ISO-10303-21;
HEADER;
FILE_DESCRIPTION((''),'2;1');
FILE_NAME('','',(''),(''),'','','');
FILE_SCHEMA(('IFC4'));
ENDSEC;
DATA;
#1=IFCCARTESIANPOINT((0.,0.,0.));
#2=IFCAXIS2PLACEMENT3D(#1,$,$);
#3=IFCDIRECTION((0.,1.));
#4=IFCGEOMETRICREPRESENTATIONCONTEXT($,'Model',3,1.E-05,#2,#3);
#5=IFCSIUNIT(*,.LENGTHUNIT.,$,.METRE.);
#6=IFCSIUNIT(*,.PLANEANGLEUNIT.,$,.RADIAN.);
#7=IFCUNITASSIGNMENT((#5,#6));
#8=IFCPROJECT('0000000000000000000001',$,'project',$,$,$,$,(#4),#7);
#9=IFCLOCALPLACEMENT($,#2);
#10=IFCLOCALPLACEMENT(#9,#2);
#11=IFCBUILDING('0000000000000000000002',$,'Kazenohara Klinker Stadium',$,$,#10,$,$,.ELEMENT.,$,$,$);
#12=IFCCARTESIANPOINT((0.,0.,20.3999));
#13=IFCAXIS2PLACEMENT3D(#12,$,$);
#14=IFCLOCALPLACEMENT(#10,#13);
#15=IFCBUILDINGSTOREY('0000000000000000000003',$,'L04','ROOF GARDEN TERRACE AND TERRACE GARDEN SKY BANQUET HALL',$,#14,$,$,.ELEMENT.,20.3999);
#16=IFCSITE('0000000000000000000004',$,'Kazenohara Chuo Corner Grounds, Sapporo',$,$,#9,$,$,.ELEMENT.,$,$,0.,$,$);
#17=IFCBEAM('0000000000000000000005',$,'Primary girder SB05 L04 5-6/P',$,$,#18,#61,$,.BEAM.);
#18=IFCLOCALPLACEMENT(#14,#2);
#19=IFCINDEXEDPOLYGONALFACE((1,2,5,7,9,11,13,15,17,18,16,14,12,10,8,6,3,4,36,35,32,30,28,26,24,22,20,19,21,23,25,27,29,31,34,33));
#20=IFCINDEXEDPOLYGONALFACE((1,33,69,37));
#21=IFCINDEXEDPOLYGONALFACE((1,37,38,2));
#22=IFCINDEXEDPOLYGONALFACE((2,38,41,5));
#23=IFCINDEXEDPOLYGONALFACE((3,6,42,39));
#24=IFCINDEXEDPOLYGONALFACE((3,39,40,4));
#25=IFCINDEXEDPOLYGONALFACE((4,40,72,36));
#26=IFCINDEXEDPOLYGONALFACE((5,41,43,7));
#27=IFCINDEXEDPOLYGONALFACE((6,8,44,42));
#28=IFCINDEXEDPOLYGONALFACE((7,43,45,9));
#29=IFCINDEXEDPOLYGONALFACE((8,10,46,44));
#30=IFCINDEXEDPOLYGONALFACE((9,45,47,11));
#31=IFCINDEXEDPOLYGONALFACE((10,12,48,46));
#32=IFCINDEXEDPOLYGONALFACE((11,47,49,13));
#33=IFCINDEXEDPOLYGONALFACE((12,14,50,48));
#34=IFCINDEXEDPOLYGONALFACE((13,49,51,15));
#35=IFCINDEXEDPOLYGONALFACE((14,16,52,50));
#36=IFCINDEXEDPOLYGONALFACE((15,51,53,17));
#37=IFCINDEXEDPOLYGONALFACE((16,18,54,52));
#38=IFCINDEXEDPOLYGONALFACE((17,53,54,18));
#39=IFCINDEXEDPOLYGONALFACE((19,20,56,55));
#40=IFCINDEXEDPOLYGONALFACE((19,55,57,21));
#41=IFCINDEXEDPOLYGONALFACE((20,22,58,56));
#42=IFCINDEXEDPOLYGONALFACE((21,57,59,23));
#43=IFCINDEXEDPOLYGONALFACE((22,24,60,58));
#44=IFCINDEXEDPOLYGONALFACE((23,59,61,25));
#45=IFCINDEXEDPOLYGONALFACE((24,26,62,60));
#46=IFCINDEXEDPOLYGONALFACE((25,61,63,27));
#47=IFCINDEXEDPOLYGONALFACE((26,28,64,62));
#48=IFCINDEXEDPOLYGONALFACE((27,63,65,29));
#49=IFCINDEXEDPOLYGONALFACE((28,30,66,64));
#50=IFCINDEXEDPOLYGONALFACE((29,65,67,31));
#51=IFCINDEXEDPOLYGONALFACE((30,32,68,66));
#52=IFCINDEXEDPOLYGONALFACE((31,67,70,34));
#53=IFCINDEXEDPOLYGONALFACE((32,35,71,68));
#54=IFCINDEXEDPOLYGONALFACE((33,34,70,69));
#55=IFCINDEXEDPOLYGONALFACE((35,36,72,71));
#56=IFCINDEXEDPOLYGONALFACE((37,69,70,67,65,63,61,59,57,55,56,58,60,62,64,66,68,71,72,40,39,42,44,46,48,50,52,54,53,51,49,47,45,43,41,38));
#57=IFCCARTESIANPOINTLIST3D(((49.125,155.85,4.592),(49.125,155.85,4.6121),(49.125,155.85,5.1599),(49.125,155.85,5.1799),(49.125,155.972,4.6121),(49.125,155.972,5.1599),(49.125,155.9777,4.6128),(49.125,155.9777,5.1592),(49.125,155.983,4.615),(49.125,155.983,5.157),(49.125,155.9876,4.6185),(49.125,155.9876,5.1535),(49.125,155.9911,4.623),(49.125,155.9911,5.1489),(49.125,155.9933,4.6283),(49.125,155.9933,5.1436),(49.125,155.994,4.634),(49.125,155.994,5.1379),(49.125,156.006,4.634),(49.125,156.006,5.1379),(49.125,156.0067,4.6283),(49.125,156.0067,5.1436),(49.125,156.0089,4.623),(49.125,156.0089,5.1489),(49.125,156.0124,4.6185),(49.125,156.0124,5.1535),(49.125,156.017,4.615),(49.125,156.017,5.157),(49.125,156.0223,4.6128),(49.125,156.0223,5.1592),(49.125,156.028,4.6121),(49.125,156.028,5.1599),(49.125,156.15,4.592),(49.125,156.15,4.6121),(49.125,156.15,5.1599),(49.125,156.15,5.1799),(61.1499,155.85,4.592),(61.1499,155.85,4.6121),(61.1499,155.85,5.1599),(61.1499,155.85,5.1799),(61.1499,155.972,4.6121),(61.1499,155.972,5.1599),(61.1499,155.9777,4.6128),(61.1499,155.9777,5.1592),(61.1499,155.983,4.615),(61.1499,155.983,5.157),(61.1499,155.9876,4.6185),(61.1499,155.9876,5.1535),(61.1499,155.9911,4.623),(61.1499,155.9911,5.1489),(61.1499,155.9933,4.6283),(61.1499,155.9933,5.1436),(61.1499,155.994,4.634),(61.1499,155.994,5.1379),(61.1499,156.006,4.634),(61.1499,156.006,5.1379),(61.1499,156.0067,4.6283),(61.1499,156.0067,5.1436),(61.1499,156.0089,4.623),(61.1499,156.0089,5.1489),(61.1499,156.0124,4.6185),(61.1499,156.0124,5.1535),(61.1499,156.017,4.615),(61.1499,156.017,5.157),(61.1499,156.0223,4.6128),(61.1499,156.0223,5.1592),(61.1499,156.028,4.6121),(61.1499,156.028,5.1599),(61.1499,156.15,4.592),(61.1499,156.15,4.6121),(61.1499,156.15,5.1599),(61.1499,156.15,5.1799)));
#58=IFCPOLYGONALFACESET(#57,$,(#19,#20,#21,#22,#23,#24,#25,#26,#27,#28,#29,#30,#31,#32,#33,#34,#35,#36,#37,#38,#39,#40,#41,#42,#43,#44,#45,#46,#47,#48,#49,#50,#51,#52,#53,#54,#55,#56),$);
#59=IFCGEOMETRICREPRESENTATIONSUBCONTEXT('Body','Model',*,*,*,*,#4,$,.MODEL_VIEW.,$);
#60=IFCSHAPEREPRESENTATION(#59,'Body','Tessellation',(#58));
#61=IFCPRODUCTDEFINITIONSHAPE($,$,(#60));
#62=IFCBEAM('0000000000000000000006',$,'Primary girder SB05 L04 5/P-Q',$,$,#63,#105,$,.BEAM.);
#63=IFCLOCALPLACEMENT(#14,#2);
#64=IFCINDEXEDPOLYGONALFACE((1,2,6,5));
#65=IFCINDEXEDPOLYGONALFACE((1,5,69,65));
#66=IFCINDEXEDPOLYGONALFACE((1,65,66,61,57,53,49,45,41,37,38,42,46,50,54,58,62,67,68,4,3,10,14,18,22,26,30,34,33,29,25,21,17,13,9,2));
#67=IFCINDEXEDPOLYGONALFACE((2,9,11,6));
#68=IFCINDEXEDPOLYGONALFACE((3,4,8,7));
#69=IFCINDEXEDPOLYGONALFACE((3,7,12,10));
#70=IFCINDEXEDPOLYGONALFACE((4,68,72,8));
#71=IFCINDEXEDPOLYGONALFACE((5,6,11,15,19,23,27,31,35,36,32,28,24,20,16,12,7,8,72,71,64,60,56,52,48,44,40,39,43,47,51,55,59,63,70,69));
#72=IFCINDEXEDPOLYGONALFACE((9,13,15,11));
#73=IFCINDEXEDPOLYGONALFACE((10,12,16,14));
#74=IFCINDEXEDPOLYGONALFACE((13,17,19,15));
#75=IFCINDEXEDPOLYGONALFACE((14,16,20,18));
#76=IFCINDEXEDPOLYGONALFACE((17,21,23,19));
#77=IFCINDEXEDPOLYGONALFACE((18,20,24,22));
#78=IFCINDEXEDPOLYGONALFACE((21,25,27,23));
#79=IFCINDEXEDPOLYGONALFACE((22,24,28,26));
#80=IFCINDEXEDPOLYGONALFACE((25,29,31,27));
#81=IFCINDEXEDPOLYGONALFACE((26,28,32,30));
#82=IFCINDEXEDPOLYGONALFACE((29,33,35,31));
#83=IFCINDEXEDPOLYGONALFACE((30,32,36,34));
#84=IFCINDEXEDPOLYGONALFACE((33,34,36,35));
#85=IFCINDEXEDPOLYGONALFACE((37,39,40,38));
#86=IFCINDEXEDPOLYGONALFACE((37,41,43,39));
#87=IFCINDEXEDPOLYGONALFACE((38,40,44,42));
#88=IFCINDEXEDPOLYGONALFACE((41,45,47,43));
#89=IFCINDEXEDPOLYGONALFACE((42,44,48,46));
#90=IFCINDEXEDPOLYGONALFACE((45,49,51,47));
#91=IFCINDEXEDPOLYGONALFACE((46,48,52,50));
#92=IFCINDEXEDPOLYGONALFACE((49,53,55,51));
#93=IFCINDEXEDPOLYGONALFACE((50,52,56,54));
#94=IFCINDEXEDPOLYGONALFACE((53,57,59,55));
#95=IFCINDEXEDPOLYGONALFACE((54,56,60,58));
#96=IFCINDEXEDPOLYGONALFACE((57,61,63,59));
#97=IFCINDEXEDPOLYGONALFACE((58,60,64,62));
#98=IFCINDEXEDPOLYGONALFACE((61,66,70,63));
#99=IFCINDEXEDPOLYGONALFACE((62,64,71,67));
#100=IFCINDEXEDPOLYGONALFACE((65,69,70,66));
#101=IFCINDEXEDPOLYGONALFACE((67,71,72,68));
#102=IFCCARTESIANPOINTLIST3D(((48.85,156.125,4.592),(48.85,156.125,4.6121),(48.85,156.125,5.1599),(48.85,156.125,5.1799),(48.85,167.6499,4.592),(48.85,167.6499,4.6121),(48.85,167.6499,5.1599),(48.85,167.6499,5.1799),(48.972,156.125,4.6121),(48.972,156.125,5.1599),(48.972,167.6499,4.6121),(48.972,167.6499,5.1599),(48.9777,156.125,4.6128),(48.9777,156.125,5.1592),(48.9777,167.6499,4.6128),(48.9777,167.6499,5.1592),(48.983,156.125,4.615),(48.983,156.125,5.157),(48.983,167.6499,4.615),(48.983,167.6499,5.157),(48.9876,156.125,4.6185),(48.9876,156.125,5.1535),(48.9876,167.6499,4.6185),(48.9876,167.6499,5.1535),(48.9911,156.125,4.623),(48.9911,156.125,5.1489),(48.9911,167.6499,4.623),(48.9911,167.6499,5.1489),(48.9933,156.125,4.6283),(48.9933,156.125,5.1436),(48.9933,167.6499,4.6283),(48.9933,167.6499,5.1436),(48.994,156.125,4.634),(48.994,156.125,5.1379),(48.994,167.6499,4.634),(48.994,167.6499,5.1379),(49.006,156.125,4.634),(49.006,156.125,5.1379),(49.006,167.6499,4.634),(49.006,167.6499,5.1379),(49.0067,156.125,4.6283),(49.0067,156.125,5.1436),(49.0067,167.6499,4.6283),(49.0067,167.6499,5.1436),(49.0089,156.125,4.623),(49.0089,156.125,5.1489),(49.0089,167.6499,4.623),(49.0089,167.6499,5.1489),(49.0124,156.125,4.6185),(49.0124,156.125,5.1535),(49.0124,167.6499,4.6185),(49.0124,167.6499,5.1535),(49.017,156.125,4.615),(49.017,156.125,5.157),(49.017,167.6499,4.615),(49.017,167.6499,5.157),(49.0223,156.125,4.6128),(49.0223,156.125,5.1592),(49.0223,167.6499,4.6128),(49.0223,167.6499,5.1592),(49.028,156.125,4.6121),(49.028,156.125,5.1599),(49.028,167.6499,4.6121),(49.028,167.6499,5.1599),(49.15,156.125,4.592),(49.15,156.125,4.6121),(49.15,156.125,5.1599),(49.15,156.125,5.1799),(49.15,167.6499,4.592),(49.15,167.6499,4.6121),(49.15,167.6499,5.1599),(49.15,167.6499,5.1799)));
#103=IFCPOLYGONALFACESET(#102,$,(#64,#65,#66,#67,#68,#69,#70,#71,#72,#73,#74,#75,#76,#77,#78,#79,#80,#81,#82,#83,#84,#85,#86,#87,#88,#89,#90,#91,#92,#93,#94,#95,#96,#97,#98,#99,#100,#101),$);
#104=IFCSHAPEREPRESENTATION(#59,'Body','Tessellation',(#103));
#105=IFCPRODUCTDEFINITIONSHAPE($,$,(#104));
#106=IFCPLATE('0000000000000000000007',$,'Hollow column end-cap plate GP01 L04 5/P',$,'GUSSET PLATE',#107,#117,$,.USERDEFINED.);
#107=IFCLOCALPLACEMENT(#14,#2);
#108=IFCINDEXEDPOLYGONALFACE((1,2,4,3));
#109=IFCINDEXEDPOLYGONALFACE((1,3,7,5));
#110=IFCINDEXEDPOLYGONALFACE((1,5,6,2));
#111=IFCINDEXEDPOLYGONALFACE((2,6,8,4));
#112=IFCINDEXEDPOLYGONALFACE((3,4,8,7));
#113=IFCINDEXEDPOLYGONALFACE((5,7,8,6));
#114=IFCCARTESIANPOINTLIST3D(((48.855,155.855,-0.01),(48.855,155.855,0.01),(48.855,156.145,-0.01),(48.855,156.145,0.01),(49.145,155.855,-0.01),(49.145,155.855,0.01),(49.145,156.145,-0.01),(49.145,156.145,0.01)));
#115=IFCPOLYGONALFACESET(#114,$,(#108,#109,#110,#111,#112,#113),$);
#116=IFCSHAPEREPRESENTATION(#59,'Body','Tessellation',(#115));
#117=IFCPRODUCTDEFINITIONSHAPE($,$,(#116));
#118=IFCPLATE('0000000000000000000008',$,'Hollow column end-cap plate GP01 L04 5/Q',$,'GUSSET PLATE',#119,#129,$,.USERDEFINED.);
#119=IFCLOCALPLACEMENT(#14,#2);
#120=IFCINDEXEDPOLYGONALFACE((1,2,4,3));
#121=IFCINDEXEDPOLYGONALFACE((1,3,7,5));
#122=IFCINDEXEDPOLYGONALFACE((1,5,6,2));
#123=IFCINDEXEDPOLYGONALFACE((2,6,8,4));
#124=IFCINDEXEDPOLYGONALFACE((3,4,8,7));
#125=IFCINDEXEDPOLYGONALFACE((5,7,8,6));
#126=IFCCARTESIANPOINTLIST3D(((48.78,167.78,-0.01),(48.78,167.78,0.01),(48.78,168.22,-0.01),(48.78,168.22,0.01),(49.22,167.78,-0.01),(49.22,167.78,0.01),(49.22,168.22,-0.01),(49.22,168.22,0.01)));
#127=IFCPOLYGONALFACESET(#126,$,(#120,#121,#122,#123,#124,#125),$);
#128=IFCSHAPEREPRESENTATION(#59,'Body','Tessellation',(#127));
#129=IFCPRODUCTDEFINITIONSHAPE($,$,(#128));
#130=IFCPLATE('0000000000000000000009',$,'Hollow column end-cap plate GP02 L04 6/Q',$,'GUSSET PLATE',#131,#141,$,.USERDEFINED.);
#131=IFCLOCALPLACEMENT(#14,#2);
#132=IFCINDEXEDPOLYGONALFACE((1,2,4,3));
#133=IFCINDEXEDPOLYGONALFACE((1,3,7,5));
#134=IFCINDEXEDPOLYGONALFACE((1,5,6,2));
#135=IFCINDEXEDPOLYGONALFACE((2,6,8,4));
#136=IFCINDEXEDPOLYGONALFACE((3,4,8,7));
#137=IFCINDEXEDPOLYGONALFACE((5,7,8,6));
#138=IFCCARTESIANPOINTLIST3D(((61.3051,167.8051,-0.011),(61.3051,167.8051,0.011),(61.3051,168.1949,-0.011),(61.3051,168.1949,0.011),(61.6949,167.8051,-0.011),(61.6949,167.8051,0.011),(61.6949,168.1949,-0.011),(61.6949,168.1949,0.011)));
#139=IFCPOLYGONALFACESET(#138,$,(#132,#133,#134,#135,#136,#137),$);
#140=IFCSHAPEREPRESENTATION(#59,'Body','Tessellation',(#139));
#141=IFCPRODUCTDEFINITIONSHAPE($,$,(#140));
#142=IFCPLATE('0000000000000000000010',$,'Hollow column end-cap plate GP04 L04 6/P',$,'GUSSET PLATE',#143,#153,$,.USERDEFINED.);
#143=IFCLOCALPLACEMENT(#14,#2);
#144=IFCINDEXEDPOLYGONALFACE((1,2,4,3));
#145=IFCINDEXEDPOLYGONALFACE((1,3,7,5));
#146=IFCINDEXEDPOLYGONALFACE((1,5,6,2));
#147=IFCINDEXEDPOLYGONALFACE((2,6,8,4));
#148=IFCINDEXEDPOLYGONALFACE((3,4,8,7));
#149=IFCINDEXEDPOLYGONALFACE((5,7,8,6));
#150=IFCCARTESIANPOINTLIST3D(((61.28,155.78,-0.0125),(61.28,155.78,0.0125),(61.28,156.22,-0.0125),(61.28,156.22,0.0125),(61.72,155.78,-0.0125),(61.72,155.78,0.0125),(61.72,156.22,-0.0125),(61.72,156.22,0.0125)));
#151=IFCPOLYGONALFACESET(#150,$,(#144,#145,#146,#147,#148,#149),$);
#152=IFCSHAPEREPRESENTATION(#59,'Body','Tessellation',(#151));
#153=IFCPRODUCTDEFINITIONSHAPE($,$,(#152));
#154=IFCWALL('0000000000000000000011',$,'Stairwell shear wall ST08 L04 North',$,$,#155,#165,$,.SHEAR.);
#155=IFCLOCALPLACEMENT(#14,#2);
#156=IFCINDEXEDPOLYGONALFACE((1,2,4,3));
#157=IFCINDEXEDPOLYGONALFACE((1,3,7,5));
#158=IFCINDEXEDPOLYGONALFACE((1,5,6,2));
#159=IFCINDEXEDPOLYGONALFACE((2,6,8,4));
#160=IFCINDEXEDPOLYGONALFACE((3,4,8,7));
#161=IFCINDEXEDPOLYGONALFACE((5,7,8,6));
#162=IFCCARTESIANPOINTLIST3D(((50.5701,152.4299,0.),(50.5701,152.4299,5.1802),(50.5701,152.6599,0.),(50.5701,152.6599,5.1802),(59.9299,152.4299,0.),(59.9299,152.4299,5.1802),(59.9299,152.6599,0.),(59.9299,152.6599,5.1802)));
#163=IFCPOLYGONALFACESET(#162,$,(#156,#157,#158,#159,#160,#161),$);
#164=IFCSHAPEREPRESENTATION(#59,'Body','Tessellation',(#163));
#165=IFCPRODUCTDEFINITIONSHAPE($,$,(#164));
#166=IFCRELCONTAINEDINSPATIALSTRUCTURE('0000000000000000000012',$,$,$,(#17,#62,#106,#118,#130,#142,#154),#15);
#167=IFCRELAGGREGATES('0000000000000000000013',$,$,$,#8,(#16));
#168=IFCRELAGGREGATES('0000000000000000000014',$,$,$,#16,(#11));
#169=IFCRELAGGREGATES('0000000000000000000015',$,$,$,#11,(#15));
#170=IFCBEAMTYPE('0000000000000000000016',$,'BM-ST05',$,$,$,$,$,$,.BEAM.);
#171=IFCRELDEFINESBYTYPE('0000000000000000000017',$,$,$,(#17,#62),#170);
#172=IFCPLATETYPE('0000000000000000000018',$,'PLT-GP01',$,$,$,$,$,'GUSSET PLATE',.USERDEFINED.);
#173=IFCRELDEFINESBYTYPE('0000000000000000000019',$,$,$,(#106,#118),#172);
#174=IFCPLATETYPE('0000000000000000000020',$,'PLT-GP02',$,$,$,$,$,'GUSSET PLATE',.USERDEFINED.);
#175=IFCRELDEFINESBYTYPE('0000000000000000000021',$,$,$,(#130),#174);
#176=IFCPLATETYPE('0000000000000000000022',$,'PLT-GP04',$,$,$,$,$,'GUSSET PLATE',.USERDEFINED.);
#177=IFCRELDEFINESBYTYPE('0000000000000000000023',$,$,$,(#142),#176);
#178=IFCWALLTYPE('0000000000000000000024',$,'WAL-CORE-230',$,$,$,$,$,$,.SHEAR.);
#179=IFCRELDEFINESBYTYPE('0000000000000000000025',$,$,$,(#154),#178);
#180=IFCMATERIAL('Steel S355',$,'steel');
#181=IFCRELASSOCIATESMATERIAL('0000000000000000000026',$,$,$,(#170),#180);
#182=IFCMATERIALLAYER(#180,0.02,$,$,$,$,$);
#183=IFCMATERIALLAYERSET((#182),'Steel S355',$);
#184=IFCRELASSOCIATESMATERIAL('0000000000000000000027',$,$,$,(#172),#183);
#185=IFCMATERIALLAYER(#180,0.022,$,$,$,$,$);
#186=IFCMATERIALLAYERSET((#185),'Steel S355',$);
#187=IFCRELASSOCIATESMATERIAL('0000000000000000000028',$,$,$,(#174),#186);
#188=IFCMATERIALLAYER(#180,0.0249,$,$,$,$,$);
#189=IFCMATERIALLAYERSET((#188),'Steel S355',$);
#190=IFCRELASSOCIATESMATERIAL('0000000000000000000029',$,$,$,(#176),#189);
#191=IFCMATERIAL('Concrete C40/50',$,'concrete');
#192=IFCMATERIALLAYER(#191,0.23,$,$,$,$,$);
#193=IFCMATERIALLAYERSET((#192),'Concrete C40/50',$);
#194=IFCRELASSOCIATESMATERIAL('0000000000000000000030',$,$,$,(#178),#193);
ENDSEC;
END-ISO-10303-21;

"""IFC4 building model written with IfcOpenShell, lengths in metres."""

from ifc_helpers import new_model, si_unit, direction, frame, frame_2d, origin, origin_2d, place, context, subcontext, project, spatial, rectangle, i_section, extrude, material, layer, layer_set, material_profile, profile_set, type_object, element, save


model = new_model("IFC4")

# Units and contexts
model_context = context("Model", 3, precision=1e-05, world=origin(), true_north=direction((0.0, 1.0)))
body_context = subcontext(model_context, "Body", "Model", "MODEL_VIEW")
ifc_project = project(units=[si_unit("LENGTHUNIT", "METRE"), si_unit("PLANEANGLEUNIT", "RADIAN")], contexts=[model_context])

# Site, building, storey
site_placement = place(None, origin())
site = spatial("IfcSite", under=ifc_project, at=site_placement, Name="Kazenohara Chuo Corner Grounds, Sapporo", CompositionType="ELEMENT", RefElevation=0.0)
building_placement = place(site_placement, origin())
building = spatial("IfcBuilding", under=site, at=building_placement, Name="Kazenohara Klinker Stadium", CompositionType="ELEMENT")
storey_placement = place(building_placement, frame((0.0, 0.0, 20.3999)))
storey = spatial("IfcBuildingStorey", under=building, at=storey_placement, Name="L04", Description="ROOF GARDEN TERRACE AND TERRACE GARDEN SKY BANQUET HALL", CompositionType="ELEMENT", Elevation=20.3999)

# Shared definitions
ifc_material_1 = material(Name="Concrete C40/50", Category="concrete")
ifc_material_2 = material(Name="Steel S355", Category="steel")

# Beams
ifc_material_profile_1 = material_profile(ifc_material_2, i_section(OverallWidth=0.3, OverallDepth=0.5879, WebThickness=0.012, FlangeThickness=0.02, FilletRadius=0.022, at=origin_2d()), Name="H-588x300x12x20")
ifc_profile_set_1 = profile_set([ifc_material_profile_1], Name="Steel S355")
beam_type_1 = type_object("IfcBeamType", Name="BM-ST05", PredefinedType="BEAM", material=ifc_profile_set_1)
beam_1_placement = place(storey_placement, frame((49.125, 156.0, 4.886), z_axis=(1.0, 0.0, 0.0), x_axis=(0.0, 1.0, 0.0)))
element("IfcBeam", 1, at=beam_1_placement, inside=storey, type_object=beam_type_1, Name="Primary girder SB05 L04 5-6/P", PredefinedType="BEAM", context=body_context, shape_type="SweptSolid", body=[
    extrude(i_section(OverallWidth=0.3, OverallDepth=0.5879, WebThickness=0.012, FlangeThickness=0.02, FilletRadius=0.022, at=origin_2d()), origin(), (0.0, 0.0, 1.0), 12.0249),
])
beam_2_placement = place(storey_placement, frame((49.0, 156.125, 4.886), z_axis=(0.0, 1.0, 0.0), x_axis=(-1.0, 0.0, 0.0)))
element("IfcBeam", 2, at=beam_2_placement, inside=storey, type_object=beam_type_1, Name="Primary girder SB05 L04 5/P-Q", PredefinedType="BEAM", context=body_context, shape_type="SweptSolid", body=[
    extrude(i_section(OverallWidth=0.3, OverallDepth=0.5879, WebThickness=0.012, FlangeThickness=0.02, FilletRadius=0.022, at=origin_2d()), origin(), (0.0, 0.0, 1.0), 11.5249),
])

# Plates
ifc_layer_1 = layer(ifc_material_2, 0.02)
ifc_layer_set_1 = layer_set([ifc_layer_1], Name="Steel S355")
plate_type_1 = type_object("IfcPlateType", Name="PLT-GP01", ElementType="GUSSET PLATE", PredefinedType="USERDEFINED", material=ifc_layer_set_1)
plate_1_placement = place(storey_placement, frame((49.0, 156.0, -0.01), z_axis=(0.0, 0.0, 1.0), x_axis=(1.0, 0.0, 0.0)))
element("IfcPlate", 3, at=plate_1_placement, inside=storey, type_object=plate_type_1, Name="Hollow column end-cap plate GP01 L04 5/P", ObjectType="GUSSET PLATE", PredefinedType="USERDEFINED", context=body_context, shape_type="SweptSolid", body=[
    extrude(rectangle(XDim=0.29, YDim=0.29, at=origin_2d()), origin(), (0.0, 0.0, 1.0), 0.02),
])
plate_2_placement = place(storey_placement, frame((49.0, 168.0, -0.01), z_axis=(0.0, 0.0, 1.0), x_axis=(1.0, 0.0, 0.0)))
element("IfcPlate", 4, at=plate_2_placement, inside=storey, type_object=plate_type_1, Name="Hollow column end-cap plate GP01 L04 5/Q", ObjectType="GUSSET PLATE", PredefinedType="USERDEFINED", context=body_context, shape_type="SweptSolid", body=[
    extrude(rectangle(XDim=0.4399, YDim=0.4399, at=origin_2d()), origin(), (0.0, 0.0, 1.0), 0.02),
])
ifc_layer_2 = layer(ifc_material_2, 0.022)
ifc_layer_set_2 = layer_set([ifc_layer_2], Name="Steel S355")
plate_type_2 = type_object("IfcPlateType", Name="PLT-GP02", ElementType="GUSSET PLATE", PredefinedType="USERDEFINED", material=ifc_layer_set_2)
plate_3_placement = place(storey_placement, frame((61.5, 168.0, -0.011), z_axis=(0.0, 0.0, 1.0), x_axis=(1.0, 0.0, 0.0)))
element("IfcPlate", 5, at=plate_3_placement, inside=storey, type_object=plate_type_2, Name="Hollow column end-cap plate GP02 L04 6/Q", ObjectType="GUSSET PLATE", PredefinedType="USERDEFINED", context=body_context, shape_type="SweptSolid", body=[
    extrude(rectangle(XDim=0.3899, YDim=0.3899, at=origin_2d()), origin(), (0.0, 0.0, 1.0), 0.022),
])
ifc_layer_3 = layer(ifc_material_2, 0.0249)
ifc_layer_set_3 = layer_set([ifc_layer_3], Name="Steel S355")
plate_type_3 = type_object("IfcPlateType", Name="PLT-GP04", ElementType="GUSSET PLATE", PredefinedType="USERDEFINED", material=ifc_layer_set_3)
plate_4_placement = place(storey_placement, frame((61.5, 156.0, -0.0125), z_axis=(0.0, 0.0, 1.0), x_axis=(1.0, 0.0, 0.0)))
element("IfcPlate", 6, at=plate_4_placement, inside=storey, type_object=plate_type_3, Name="Hollow column end-cap plate GP04 L04 6/P", ObjectType="GUSSET PLATE", PredefinedType="USERDEFINED", context=body_context, shape_type="SweptSolid", body=[
    extrude(rectangle(XDim=0.4399, YDim=0.4399, at=origin_2d()), origin(), (0.0, 0.0, 1.0), 0.0249),
])

# Wall
ifc_layer_4 = layer(ifc_material_1, 0.23)
ifc_layer_set_4 = layer_set([ifc_layer_4], Name="Concrete C40/50")
wall_type_1 = type_object("IfcWallType", Name="WAL-CORE-230", PredefinedType="SHEAR", material=ifc_layer_set_4)
wall_1_placement = place(storey_placement, frame((50.5701, 152.5449, 0.0), z_axis=(0.0, 0.0, 1.0), x_axis=(1.0, 0.0, 0.0)))
element("IfcWall", 7, at=wall_1_placement, inside=storey, type_object=wall_type_1, Name="Stairwell shear wall ST08 L04 North", PredefinedType="SHEAR", context=body_context, shape_type="SweptSolid", body=[
    extrude(rectangle(XDim=9.3599, YDim=0.23, at=frame_2d((4.6799, 0.0))), origin(), (0.0, 0.0, 1.0), 5.1802),
])

save(model, "model.ifc")
